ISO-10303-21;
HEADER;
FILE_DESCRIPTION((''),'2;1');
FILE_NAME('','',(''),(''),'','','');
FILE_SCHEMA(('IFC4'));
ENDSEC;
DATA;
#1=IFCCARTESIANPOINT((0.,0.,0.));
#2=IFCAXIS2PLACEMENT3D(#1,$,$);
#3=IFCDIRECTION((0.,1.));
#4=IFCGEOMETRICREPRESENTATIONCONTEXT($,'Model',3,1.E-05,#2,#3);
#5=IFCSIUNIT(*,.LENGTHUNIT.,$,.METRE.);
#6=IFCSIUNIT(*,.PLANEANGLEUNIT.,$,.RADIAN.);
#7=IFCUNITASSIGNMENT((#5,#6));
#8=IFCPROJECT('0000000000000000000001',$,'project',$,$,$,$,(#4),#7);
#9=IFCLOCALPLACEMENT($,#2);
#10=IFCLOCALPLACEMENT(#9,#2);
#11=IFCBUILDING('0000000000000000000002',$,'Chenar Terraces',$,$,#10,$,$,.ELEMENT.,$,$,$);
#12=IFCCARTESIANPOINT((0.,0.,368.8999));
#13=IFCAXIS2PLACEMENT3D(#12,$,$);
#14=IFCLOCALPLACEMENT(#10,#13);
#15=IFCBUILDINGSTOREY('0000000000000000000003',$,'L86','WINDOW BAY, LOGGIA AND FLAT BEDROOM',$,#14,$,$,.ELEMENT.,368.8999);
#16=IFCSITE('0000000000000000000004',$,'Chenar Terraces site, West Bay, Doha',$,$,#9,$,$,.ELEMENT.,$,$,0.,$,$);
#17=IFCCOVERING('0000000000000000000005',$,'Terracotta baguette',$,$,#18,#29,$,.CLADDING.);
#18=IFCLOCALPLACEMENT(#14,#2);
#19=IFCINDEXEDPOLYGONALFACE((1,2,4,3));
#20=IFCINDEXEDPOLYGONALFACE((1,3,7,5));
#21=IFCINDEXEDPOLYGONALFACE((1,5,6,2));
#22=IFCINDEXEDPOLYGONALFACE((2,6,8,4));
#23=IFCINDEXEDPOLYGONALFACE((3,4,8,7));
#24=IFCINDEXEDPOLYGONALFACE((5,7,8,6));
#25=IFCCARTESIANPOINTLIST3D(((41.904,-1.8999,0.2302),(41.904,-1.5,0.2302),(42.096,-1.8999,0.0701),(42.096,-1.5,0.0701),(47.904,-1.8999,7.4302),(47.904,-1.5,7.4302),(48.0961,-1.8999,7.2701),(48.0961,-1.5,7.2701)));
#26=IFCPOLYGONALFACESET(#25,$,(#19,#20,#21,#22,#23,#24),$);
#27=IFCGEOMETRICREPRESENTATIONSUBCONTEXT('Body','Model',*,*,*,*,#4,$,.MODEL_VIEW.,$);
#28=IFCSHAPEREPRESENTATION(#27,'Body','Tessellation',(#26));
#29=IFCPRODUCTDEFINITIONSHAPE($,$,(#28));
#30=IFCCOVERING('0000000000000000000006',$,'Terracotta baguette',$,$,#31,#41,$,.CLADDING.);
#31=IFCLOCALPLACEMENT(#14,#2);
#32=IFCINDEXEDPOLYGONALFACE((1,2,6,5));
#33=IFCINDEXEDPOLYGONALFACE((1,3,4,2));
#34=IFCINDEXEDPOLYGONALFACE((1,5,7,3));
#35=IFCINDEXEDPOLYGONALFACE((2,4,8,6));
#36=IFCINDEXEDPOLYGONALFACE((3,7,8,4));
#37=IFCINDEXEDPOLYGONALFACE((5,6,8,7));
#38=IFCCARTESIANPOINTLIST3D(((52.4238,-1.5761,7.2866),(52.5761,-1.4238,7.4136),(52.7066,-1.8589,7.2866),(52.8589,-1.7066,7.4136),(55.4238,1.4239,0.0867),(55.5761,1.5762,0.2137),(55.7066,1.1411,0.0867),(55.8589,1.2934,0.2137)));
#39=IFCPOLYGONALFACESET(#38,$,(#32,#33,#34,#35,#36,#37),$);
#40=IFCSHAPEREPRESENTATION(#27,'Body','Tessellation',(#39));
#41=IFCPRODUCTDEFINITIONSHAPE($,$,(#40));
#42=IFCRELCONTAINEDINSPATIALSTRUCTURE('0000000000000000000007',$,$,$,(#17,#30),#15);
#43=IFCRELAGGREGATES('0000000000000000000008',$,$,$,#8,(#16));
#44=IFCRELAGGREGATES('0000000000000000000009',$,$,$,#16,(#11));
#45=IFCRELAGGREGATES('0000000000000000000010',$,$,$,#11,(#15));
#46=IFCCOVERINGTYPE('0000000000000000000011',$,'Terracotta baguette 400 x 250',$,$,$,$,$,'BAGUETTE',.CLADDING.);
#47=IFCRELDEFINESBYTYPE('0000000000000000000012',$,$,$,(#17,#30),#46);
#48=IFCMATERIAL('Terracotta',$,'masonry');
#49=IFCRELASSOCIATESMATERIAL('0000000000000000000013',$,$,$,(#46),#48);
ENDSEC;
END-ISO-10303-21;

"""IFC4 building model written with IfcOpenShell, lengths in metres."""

from ifc_helpers import new_model, si_unit, direction, frame, origin, origin_2d, place, context, subcontext, project, spatial, rectangle, extrude, material, material_profile, profile_set, type_object, element, save


model = new_model("IFC4")

# Units and contexts
model_context = context("Model", 3, precision=1e-05, world=origin(), true_north=direction((0.0, 1.0)))
body_context = subcontext(model_context, "Body", "Model", "MODEL_VIEW")
ifc_project = project(units=[si_unit("LENGTHUNIT", "METRE"), si_unit("PLANEANGLEUNIT", "RADIAN")], contexts=[model_context])

# Site, building, storey
site_placement = place(None, origin())
site = spatial("IfcSite", under=ifc_project, at=site_placement, Name="Chenar Terraces site, West Bay, Doha", CompositionType="ELEMENT", RefElevation=0.0)
building_placement = place(site_placement, origin())
building = spatial("IfcBuilding", under=site, at=building_placement, Name="Chenar Terraces", CompositionType="ELEMENT")
storey_placement = place(building_placement, frame((0.0, 0.0, 368.8999)))
storey = spatial("IfcBuildingStorey", under=building, at=storey_placement, Name="L86", Description="WINDOW BAY, LOGGIA AND FLAT BEDROOM", CompositionType="ELEMENT", Elevation=368.8999)

# Coverings
ifc_material_1 = material(Name="Terracotta", Category="masonry")
ifc_material_profile_1 = material_profile(ifc_material_1, rectangle(XDim=0.3999, YDim=0.25, at=origin_2d()), Name="Terracotta baguette 400 x 250")
ifc_profile_set_1 = profile_set([ifc_material_profile_1], Name="Terracotta")
covering_type = type_object("IfcCoveringType", Name="Terracotta baguette 400 x 250", ElementType="BAGUETTE", PredefinedType="CLADDING", material=ifc_profile_set_1)
covering_1_placement = place(storey_placement, frame((42.0, -1.7, 0.1501), z_axis=(0.640187, 0.0, 0.768219), x_axis=(0.0, 1.0, 0.0)))
element("IfcCovering", 1, at=covering_1_placement, inside=storey, type_object=covering_type, Name="Terracotta baguette", PredefinedType="CLADDING", context=body_context, shape_type="SweptSolid", body=[
    extrude(rectangle(XDim=0.3999, YDim=0.25, at=origin_2d()), origin(), (0.0, 0.0, 1.0), 9.3723),
])
covering_2_placement = place(storey_placement, frame((52.6414, -1.6414, 7.3501), z_axis=(0.358981, 0.358981, -0.861548), x_axis=(-0.707107, 0.707107, 0.0)))
element("IfcCovering", 2, at=covering_2_placement, inside=storey, type_object=covering_type, Name="Terracotta baguette", PredefinedType="CLADDING", context=body_context, shape_type="SweptSolid", body=[
    extrude(rectangle(XDim=0.3999, YDim=0.25, at=origin_2d()), origin(), (0.0, 0.0, 1.0), 8.3569),
])

save(model, "model.ifc")
